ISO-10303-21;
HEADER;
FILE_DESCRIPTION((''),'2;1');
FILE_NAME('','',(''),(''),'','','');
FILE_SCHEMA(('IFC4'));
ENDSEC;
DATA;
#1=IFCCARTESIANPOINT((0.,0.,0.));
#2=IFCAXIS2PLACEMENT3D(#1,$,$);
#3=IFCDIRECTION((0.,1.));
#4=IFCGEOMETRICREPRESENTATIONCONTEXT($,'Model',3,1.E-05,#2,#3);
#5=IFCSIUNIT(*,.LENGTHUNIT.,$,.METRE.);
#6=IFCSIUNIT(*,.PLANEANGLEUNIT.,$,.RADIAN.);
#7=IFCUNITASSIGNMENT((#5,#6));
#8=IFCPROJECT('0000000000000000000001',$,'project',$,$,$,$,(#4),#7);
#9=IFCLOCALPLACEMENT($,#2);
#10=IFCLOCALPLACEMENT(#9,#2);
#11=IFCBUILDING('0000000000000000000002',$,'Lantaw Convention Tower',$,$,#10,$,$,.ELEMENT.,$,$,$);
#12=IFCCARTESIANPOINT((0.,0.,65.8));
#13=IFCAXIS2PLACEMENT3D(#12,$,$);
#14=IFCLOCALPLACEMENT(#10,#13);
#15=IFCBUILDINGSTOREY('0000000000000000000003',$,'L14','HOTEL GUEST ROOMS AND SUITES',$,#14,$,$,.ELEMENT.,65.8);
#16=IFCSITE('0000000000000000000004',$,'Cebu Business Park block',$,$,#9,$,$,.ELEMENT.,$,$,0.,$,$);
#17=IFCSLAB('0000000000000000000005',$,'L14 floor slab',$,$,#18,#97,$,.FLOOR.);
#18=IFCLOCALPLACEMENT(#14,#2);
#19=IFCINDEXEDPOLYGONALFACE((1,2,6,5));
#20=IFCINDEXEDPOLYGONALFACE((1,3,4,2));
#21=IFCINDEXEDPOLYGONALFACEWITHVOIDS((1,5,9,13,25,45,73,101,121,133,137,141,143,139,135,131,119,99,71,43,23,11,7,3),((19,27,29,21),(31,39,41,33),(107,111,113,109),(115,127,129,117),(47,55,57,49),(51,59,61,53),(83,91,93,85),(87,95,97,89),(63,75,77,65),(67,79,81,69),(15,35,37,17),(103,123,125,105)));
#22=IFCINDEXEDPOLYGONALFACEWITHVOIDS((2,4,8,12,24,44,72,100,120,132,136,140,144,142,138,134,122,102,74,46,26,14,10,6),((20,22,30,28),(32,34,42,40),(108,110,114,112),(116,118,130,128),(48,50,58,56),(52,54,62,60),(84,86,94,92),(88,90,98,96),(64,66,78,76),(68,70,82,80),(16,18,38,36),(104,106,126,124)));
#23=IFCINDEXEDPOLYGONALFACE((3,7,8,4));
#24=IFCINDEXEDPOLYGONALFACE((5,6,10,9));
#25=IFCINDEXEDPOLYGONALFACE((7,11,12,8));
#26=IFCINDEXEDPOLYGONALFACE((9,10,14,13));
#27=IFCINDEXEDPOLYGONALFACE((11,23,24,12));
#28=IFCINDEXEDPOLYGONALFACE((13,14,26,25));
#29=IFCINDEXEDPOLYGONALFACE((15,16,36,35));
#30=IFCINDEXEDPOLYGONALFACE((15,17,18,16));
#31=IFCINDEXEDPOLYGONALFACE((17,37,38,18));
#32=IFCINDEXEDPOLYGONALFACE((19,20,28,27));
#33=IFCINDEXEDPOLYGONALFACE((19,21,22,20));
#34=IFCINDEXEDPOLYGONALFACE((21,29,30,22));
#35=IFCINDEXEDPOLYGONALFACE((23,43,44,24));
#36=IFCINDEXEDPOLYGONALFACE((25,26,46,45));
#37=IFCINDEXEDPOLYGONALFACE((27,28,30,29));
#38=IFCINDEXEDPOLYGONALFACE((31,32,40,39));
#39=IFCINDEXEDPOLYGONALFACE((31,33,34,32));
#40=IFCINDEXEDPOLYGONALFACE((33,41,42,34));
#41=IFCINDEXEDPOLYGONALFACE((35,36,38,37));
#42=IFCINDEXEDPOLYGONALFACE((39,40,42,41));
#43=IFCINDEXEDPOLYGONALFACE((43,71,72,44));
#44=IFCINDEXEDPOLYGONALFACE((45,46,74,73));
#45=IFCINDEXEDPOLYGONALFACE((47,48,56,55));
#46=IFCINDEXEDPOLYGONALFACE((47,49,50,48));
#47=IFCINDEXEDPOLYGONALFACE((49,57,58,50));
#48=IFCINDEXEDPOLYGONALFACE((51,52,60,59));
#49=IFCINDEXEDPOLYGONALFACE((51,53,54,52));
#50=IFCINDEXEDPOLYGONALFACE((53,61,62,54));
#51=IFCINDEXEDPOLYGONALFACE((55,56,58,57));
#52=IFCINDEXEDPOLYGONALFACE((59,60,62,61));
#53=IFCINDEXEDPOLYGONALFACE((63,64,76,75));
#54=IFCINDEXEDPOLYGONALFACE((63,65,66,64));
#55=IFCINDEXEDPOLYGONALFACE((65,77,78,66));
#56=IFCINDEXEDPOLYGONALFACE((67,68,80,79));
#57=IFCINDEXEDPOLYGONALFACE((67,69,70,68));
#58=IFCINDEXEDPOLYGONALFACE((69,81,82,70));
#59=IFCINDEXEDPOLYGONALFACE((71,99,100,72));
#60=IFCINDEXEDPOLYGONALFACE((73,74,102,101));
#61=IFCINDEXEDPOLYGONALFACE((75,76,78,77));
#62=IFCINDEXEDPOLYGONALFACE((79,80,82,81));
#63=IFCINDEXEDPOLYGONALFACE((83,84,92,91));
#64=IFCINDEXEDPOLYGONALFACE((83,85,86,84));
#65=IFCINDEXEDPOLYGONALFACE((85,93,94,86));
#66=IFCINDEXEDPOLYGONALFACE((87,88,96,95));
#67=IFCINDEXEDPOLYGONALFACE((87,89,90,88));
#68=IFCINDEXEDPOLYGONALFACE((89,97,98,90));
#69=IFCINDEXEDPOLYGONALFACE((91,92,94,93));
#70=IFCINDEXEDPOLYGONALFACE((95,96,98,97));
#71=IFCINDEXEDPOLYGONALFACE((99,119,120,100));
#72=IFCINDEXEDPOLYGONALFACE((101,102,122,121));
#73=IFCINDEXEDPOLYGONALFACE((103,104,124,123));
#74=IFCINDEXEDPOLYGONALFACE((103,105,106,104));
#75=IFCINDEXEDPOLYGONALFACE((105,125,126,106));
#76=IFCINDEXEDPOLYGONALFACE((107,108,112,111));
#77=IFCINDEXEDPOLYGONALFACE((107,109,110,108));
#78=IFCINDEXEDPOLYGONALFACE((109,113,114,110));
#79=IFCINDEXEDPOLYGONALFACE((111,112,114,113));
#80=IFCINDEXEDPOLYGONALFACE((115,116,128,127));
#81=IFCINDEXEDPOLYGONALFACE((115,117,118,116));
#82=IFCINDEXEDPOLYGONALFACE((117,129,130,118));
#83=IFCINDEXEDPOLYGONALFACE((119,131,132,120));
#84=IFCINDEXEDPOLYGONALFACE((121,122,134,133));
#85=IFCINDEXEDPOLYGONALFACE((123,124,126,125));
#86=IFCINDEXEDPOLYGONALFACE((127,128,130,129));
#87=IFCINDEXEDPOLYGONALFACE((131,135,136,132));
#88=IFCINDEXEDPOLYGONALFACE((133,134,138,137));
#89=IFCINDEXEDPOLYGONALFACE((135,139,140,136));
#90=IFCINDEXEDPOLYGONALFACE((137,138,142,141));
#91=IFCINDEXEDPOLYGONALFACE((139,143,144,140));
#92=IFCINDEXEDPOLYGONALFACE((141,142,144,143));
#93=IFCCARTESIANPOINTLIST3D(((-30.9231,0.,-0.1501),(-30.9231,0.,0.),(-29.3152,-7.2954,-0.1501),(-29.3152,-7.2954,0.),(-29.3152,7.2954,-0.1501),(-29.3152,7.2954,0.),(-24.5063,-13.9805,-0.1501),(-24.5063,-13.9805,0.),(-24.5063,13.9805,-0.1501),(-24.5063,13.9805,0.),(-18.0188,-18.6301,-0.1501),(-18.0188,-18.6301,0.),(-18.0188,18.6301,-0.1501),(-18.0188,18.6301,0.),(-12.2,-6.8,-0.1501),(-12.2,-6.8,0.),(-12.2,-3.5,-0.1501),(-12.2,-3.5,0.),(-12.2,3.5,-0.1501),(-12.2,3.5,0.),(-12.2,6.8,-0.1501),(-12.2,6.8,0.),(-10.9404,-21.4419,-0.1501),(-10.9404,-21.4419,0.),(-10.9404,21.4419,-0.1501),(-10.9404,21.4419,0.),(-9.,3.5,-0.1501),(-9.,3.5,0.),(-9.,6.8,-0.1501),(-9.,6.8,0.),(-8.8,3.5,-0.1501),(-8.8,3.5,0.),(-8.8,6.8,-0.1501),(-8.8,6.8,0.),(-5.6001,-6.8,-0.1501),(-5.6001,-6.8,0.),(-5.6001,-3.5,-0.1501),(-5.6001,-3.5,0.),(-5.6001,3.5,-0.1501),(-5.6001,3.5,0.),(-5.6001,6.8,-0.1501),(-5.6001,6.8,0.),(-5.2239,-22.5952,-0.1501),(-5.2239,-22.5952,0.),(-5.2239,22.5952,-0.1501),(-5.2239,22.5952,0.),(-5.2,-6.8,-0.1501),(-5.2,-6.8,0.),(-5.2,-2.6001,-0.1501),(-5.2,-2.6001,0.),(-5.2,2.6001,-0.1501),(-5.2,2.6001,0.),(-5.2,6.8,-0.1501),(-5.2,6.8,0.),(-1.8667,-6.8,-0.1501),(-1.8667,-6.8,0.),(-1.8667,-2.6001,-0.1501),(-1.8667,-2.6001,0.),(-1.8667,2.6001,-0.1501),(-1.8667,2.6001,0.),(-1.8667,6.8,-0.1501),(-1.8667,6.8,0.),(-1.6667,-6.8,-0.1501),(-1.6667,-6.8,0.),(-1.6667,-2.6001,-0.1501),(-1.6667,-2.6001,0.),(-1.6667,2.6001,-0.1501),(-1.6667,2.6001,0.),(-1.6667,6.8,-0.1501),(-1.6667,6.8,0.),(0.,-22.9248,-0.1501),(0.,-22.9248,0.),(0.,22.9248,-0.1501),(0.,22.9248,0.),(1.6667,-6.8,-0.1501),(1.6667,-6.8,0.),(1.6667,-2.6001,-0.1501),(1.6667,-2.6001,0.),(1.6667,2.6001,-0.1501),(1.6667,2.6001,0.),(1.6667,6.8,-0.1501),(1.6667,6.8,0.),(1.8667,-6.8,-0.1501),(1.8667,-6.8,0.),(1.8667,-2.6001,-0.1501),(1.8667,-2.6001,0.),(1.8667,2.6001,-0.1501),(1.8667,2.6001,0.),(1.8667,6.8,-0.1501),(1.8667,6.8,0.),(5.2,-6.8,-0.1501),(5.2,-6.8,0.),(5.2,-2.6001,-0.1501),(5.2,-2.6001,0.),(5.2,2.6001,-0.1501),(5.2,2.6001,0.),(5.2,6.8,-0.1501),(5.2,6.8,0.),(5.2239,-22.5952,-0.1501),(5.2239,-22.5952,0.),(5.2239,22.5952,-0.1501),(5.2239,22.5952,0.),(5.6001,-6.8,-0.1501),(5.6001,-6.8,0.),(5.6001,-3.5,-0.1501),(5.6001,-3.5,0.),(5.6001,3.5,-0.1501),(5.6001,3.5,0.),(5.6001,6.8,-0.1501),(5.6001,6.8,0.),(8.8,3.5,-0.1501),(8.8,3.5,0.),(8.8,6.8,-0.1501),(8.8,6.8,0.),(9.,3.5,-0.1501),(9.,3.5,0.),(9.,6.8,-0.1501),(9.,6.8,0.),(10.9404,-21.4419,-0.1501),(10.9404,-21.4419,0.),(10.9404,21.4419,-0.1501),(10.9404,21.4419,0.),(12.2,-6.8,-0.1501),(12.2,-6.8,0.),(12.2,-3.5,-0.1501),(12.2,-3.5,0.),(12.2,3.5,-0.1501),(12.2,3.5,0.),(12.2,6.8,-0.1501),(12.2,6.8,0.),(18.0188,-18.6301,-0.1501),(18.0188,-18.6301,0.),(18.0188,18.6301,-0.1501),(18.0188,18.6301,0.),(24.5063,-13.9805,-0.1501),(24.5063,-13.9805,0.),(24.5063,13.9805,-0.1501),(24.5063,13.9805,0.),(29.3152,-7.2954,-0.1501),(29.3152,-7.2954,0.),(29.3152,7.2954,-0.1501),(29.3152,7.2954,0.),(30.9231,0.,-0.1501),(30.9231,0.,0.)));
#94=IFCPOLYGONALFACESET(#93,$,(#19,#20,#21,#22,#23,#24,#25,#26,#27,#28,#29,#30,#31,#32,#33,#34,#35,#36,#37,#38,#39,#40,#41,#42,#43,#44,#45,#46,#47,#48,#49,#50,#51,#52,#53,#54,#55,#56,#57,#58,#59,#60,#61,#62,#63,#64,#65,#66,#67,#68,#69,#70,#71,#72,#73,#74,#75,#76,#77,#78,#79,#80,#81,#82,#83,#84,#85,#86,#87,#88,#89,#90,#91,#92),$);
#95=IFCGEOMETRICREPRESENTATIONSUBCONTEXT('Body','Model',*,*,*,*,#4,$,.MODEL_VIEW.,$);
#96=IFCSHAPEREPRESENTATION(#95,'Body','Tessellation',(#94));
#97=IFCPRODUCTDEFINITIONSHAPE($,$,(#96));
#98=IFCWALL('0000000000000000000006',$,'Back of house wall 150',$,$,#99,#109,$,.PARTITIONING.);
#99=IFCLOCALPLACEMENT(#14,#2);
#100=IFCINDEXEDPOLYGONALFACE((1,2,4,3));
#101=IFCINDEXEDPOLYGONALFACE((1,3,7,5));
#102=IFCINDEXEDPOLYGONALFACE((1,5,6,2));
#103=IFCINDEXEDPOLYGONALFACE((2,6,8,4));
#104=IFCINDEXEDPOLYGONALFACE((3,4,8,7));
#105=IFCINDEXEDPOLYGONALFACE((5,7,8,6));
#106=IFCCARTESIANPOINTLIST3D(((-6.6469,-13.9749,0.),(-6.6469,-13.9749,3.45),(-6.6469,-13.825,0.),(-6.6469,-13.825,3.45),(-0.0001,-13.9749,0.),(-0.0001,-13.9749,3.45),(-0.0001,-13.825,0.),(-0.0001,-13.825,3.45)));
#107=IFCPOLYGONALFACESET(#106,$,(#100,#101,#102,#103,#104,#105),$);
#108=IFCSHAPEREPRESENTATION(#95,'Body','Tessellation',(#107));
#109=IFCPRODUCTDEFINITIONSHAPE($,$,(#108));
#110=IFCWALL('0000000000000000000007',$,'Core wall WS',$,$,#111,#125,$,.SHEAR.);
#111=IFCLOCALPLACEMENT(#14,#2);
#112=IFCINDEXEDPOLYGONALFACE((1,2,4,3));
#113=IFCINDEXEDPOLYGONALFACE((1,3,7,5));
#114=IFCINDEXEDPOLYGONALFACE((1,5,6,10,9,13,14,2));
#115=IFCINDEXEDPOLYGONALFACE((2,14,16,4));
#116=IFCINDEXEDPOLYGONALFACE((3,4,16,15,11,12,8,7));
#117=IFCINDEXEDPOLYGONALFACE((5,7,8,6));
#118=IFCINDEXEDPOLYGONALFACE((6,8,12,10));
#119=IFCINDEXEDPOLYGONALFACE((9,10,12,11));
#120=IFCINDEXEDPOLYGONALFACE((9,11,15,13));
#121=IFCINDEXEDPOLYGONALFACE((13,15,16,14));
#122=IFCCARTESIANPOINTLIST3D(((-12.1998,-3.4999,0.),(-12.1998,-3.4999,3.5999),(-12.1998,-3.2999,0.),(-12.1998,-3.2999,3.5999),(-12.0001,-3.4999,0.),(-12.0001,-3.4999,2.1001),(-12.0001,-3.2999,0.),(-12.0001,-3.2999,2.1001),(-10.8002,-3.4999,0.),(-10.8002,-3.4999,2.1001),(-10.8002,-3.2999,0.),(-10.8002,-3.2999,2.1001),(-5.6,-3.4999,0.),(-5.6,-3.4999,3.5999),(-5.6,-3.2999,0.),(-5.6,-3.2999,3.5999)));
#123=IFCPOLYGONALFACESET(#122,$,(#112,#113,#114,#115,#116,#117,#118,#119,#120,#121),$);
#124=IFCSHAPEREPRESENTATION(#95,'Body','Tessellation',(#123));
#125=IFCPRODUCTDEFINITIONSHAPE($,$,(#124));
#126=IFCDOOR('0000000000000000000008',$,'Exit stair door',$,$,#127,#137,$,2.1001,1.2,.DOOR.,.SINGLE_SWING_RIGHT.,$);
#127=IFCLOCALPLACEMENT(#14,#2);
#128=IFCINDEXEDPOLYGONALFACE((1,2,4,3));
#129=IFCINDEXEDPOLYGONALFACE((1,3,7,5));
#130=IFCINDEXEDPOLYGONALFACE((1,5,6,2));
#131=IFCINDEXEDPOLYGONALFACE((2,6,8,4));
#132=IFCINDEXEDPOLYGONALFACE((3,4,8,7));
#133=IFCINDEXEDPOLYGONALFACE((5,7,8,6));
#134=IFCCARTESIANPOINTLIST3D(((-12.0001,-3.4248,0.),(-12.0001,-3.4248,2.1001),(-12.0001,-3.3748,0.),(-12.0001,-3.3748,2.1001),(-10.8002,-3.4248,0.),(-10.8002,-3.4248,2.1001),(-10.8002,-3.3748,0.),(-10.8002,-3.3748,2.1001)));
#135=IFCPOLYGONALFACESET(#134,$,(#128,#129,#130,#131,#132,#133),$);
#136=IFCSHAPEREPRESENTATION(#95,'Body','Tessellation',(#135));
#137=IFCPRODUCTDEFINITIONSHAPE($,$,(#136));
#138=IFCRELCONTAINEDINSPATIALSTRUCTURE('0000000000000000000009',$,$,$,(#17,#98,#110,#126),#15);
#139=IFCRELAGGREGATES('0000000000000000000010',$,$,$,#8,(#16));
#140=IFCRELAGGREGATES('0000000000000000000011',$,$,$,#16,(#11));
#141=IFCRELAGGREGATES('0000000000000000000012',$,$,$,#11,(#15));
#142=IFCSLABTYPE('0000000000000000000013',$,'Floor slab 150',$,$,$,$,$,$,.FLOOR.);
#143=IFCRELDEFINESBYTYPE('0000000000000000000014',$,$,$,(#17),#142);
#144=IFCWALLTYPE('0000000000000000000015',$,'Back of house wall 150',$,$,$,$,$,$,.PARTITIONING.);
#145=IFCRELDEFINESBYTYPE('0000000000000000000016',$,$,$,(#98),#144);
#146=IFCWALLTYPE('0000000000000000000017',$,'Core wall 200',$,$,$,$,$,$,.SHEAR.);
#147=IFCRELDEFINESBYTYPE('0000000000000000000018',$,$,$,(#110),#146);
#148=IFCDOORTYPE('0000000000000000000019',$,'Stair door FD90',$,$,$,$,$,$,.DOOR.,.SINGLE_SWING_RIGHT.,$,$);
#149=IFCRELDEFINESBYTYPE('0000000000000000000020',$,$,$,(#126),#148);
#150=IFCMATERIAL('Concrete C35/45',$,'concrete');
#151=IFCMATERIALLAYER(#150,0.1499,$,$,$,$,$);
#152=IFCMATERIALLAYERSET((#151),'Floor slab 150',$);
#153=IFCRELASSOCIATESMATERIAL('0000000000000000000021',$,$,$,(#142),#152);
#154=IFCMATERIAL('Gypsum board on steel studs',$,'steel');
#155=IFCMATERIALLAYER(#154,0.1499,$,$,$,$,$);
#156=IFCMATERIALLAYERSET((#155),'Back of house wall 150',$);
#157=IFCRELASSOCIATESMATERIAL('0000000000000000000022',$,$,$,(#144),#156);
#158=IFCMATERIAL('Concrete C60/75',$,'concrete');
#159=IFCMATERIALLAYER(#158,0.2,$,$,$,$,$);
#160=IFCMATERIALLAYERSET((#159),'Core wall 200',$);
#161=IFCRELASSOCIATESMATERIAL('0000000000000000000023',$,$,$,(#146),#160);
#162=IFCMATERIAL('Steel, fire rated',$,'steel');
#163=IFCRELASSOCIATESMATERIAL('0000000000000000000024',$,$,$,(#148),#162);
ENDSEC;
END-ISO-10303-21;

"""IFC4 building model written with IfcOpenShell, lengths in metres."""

from ifc_helpers import new_model, si_unit, direction, frame, frame_2d, origin, place, context, subcontext, project, spatial, polyline, rectangle, outline, extrude, material, layer, layer_set, type_object, element, fill, save


model = new_model("IFC4")

# Units and contexts
model_context = context("Model", 3, precision=1e-05, world=origin(), true_north=direction((0.0, 1.0)))
body_context = subcontext(model_context, "Body", "Model", "MODEL_VIEW")
ifc_project = project(units=[si_unit("LENGTHUNIT", "METRE"), si_unit("PLANEANGLEUNIT", "RADIAN")], contexts=[model_context])

# Site, building, storey
site_placement = place(None, origin())
site = spatial("IfcSite", under=ifc_project, at=site_placement, Name="Cebu Business Park block", CompositionType="ELEMENT", RefElevation=0.0)
building_placement = place(site_placement, origin())
building = spatial("IfcBuilding", under=site, at=building_placement, Name="Lantaw Convention Tower", CompositionType="ELEMENT")
storey_placement = place(building_placement, frame((0.0, 0.0, 65.8)))
storey = spatial("IfcBuildingStorey", under=building, at=storey_placement, Name="L14", Description="HOTEL GUEST ROOMS AND SUITES", CompositionType="ELEMENT", Elevation=65.8)

# Shared definitions
ifc_material_1 = material(Name="Concrete C60/75", Category="concrete")

# Slab
ifc_material_2 = material(Name="Concrete C35/45", Category="concrete")
ifc_layer_1 = layer(ifc_material_2, 0.1499)
ifc_layer_set_1 = layer_set([ifc_layer_1], Name="Floor slab 150")
slab_type = type_object("IfcSlabType", Name="Floor slab 150", PredefinedType="FLOOR", material=ifc_layer_set_1)
slab_placement = place(storey_placement, frame((0.0, 0.0, -0.1501)))
element("IfcSlab", 1, at=slab_placement, inside=storey, type_object=slab_type, Name="L14 floor slab", PredefinedType="FLOOR", context=body_context, shape_type="SweptSolid", body=[
    extrude(outline(polyline([(29.3152, -7.2954), (30.9231, 0.0), (29.3152, 7.2954), (24.5063, 13.9805), (18.0188, 18.6301), (10.9404, 21.4419), (5.2239, 22.5952), (0.0, 22.9248), (-5.2239, 22.5952), (-10.9404, 21.4419), (-18.0188, 18.6301), (-24.5063, 13.9805), (-29.3152, 7.2954), (-30.9231, 0.0), (-29.3152, -7.2954), (-24.5063, -13.9805), (-18.0188, -18.6301), (-10.9404, -21.4419), (-5.2239, -22.5952), (0.0, -22.9248), (5.2239, -22.5952), (10.9404, -21.4419), (18.0188, -18.6301), (24.5063, -13.9805), (29.3152, -7.2954)]), holes=[polyline([(-5.6001, -3.5), (-12.2, -3.5), (-12.2, -6.8), (-5.6001, -6.8), (-5.6001, -3.5)]), polyline([(-1.8667, -6.8), (-1.8667, -2.6001), (-5.2, -2.6001), (-5.2, -6.8), (-1.8667, -6.8)]), polyline([(-1.8667, 2.6001), (-1.8667, 6.8), (-5.2, 6.8), (-5.2, 2.6001), (-1.8667, 2.6001)]), polyline([(1.6667, 6.8), (-1.6667, 6.8), (-1.6667, 2.6001), (1.6667, 2.6001), (1.6667, 6.8)]), polyline([(-9.0, 3.5), (-9.0, 6.8), (-12.2, 6.8), (-12.2, 3.5), (-9.0, 3.5)]), polyline([(-5.6001, 3.5), (-5.6001, 6.8), (-8.8, 6.8), (-8.8, 3.5), (-5.6001, 3.5)]), polyline([(12.2, -3.5), (5.6001, -3.5), (5.6001, -6.8), (12.2, -6.8), (12.2, -3.5)]), polyline([(1.6667, -6.8), (1.6667, -2.6001), (-1.6667, -2.6001), (-1.6667, -6.8), (1.6667, -6.8)]), polyline([(5.2, -6.8), (5.2, -2.6001), (1.8667, -2.6001), (1.8667, -6.8), (5.2, -6.8)]), polyline([(5.2, 6.8), (1.8667, 6.8), (1.8667, 2.6001), (5.2, 2.6001), (5.2, 6.8)]), polyline([(8.8, 3.5), (8.8, 6.8), (5.6001, 6.8), (5.6001, 3.5), (8.8, 3.5)]), polyline([(12.2, 3.5), (12.2, 6.8), (9.0, 6.8), (9.0, 3.5), (12.2, 3.5)])]), origin(), (0.0, 0.0, 1.0), 0.1501),
])

# Wall
ifc_material_3 = material(Name="Gypsum board on steel studs", Category="steel")
ifc_layer_2 = layer(ifc_material_3, 0.1499)
ifc_layer_set_2 = layer_set([ifc_layer_2], Name="Back of house wall 150")
wall_type_1 = type_object("IfcWallType", Name="Back of house wall 150", PredefinedType="PARTITIONING", material=ifc_layer_set_2)
wall_1_placement = place(storey_placement, frame((-6.6467, -13.8999, 0.0), z_axis=(0.0, 0.0, 1.0), x_axis=(1.0, 0.0, 0.0)))
element("IfcWall", 2, at=wall_1_placement, inside=storey, type_object=wall_type_1, Name="Back of house wall 150", PredefinedType="PARTITIONING", context=body_context, shape_type="SweptSolid", body=[
    extrude(rectangle(XDim=6.6467, YDim=0.1499, at=frame_2d((3.3232, 0.0))), origin(), (0.0, 0.0, 1.0), 3.45),
])

# Wall, opening, door
ifc_layer_3 = layer(ifc_material_1, 0.2)
ifc_layer_set_3 = layer_set([ifc_layer_3], Name="Core wall 200")
wall_type_2 = type_object("IfcWallType", Name="Core wall 200", PredefinedType="SHEAR", material=ifc_layer_set_3)
wall_2_placement = place(storey_placement, frame((-5.6001, -3.3999, 0.0), z_axis=(0.0, 0.0, 1.0), x_axis=(-1.0, 0.0, 0.0)))
wall_2 = element("IfcWall", 3, at=wall_2_placement, inside=storey, type_object=wall_type_2, Name="Core wall WS", PredefinedType="SHEAR", context=body_context, shape_type="SweptSolid", body=[
    extrude(rectangle(XDim=6.5999, YDim=0.2, at=frame_2d((3.2998, 0.0))), origin(), (0.0, 0.0, 1.0), 3.5999),
])
opening_1_placement = place(wall_2_placement, frame((5.2, 0.0, 0.0)))
opening_1 = element("IfcOpeningElement", 4, at=opening_1_placement, cuts=wall_2, PredefinedType="OPENING", context=body_context, shape_type="SweptSolid", body=[
    extrude(rectangle(XDim=1.2, YDim=2.1001, at=frame_2d((0.6001, 1.05))), frame((0.0, 0.1099, 0.0), z_axis=(0.0, -1.0, 0.0), x_axis=(1.0, 0.0, 0.0)), (0.0, 0.0, 1.0), 0.22),
])
ifc_material_4 = material(Name="Steel, fire rated", Category="steel")
door_type_1 = type_object("IfcDoorType", Name="Stair door FD90", OperationType="SINGLE_SWING_RIGHT", PredefinedType="DOOR", material=ifc_material_4)
door_1_placement = place(opening_1_placement, origin())
door_1 = element("IfcDoor", 5, at=door_1_placement, inside=storey, type_object=door_type_1, Name="Exit stair door", OperationType="SINGLE_SWING_RIGHT", OverallHeight=2.1001, OverallWidth=1.2, PredefinedType="DOOR", context=body_context, shape_type="SweptSolid", body=[
    extrude(rectangle(XDim=1.2, YDim=2.1001, at=frame_2d((0.6001, 1.05))), frame((0.0, 0.0249, 0.0), z_axis=(0.0, -1.0, 0.0), x_axis=(1.0, 0.0, 0.0)), (0.0, 0.0, 1.0), 0.05),
])
fill(opening_1, door_1)

save(model, "model.ifc")
